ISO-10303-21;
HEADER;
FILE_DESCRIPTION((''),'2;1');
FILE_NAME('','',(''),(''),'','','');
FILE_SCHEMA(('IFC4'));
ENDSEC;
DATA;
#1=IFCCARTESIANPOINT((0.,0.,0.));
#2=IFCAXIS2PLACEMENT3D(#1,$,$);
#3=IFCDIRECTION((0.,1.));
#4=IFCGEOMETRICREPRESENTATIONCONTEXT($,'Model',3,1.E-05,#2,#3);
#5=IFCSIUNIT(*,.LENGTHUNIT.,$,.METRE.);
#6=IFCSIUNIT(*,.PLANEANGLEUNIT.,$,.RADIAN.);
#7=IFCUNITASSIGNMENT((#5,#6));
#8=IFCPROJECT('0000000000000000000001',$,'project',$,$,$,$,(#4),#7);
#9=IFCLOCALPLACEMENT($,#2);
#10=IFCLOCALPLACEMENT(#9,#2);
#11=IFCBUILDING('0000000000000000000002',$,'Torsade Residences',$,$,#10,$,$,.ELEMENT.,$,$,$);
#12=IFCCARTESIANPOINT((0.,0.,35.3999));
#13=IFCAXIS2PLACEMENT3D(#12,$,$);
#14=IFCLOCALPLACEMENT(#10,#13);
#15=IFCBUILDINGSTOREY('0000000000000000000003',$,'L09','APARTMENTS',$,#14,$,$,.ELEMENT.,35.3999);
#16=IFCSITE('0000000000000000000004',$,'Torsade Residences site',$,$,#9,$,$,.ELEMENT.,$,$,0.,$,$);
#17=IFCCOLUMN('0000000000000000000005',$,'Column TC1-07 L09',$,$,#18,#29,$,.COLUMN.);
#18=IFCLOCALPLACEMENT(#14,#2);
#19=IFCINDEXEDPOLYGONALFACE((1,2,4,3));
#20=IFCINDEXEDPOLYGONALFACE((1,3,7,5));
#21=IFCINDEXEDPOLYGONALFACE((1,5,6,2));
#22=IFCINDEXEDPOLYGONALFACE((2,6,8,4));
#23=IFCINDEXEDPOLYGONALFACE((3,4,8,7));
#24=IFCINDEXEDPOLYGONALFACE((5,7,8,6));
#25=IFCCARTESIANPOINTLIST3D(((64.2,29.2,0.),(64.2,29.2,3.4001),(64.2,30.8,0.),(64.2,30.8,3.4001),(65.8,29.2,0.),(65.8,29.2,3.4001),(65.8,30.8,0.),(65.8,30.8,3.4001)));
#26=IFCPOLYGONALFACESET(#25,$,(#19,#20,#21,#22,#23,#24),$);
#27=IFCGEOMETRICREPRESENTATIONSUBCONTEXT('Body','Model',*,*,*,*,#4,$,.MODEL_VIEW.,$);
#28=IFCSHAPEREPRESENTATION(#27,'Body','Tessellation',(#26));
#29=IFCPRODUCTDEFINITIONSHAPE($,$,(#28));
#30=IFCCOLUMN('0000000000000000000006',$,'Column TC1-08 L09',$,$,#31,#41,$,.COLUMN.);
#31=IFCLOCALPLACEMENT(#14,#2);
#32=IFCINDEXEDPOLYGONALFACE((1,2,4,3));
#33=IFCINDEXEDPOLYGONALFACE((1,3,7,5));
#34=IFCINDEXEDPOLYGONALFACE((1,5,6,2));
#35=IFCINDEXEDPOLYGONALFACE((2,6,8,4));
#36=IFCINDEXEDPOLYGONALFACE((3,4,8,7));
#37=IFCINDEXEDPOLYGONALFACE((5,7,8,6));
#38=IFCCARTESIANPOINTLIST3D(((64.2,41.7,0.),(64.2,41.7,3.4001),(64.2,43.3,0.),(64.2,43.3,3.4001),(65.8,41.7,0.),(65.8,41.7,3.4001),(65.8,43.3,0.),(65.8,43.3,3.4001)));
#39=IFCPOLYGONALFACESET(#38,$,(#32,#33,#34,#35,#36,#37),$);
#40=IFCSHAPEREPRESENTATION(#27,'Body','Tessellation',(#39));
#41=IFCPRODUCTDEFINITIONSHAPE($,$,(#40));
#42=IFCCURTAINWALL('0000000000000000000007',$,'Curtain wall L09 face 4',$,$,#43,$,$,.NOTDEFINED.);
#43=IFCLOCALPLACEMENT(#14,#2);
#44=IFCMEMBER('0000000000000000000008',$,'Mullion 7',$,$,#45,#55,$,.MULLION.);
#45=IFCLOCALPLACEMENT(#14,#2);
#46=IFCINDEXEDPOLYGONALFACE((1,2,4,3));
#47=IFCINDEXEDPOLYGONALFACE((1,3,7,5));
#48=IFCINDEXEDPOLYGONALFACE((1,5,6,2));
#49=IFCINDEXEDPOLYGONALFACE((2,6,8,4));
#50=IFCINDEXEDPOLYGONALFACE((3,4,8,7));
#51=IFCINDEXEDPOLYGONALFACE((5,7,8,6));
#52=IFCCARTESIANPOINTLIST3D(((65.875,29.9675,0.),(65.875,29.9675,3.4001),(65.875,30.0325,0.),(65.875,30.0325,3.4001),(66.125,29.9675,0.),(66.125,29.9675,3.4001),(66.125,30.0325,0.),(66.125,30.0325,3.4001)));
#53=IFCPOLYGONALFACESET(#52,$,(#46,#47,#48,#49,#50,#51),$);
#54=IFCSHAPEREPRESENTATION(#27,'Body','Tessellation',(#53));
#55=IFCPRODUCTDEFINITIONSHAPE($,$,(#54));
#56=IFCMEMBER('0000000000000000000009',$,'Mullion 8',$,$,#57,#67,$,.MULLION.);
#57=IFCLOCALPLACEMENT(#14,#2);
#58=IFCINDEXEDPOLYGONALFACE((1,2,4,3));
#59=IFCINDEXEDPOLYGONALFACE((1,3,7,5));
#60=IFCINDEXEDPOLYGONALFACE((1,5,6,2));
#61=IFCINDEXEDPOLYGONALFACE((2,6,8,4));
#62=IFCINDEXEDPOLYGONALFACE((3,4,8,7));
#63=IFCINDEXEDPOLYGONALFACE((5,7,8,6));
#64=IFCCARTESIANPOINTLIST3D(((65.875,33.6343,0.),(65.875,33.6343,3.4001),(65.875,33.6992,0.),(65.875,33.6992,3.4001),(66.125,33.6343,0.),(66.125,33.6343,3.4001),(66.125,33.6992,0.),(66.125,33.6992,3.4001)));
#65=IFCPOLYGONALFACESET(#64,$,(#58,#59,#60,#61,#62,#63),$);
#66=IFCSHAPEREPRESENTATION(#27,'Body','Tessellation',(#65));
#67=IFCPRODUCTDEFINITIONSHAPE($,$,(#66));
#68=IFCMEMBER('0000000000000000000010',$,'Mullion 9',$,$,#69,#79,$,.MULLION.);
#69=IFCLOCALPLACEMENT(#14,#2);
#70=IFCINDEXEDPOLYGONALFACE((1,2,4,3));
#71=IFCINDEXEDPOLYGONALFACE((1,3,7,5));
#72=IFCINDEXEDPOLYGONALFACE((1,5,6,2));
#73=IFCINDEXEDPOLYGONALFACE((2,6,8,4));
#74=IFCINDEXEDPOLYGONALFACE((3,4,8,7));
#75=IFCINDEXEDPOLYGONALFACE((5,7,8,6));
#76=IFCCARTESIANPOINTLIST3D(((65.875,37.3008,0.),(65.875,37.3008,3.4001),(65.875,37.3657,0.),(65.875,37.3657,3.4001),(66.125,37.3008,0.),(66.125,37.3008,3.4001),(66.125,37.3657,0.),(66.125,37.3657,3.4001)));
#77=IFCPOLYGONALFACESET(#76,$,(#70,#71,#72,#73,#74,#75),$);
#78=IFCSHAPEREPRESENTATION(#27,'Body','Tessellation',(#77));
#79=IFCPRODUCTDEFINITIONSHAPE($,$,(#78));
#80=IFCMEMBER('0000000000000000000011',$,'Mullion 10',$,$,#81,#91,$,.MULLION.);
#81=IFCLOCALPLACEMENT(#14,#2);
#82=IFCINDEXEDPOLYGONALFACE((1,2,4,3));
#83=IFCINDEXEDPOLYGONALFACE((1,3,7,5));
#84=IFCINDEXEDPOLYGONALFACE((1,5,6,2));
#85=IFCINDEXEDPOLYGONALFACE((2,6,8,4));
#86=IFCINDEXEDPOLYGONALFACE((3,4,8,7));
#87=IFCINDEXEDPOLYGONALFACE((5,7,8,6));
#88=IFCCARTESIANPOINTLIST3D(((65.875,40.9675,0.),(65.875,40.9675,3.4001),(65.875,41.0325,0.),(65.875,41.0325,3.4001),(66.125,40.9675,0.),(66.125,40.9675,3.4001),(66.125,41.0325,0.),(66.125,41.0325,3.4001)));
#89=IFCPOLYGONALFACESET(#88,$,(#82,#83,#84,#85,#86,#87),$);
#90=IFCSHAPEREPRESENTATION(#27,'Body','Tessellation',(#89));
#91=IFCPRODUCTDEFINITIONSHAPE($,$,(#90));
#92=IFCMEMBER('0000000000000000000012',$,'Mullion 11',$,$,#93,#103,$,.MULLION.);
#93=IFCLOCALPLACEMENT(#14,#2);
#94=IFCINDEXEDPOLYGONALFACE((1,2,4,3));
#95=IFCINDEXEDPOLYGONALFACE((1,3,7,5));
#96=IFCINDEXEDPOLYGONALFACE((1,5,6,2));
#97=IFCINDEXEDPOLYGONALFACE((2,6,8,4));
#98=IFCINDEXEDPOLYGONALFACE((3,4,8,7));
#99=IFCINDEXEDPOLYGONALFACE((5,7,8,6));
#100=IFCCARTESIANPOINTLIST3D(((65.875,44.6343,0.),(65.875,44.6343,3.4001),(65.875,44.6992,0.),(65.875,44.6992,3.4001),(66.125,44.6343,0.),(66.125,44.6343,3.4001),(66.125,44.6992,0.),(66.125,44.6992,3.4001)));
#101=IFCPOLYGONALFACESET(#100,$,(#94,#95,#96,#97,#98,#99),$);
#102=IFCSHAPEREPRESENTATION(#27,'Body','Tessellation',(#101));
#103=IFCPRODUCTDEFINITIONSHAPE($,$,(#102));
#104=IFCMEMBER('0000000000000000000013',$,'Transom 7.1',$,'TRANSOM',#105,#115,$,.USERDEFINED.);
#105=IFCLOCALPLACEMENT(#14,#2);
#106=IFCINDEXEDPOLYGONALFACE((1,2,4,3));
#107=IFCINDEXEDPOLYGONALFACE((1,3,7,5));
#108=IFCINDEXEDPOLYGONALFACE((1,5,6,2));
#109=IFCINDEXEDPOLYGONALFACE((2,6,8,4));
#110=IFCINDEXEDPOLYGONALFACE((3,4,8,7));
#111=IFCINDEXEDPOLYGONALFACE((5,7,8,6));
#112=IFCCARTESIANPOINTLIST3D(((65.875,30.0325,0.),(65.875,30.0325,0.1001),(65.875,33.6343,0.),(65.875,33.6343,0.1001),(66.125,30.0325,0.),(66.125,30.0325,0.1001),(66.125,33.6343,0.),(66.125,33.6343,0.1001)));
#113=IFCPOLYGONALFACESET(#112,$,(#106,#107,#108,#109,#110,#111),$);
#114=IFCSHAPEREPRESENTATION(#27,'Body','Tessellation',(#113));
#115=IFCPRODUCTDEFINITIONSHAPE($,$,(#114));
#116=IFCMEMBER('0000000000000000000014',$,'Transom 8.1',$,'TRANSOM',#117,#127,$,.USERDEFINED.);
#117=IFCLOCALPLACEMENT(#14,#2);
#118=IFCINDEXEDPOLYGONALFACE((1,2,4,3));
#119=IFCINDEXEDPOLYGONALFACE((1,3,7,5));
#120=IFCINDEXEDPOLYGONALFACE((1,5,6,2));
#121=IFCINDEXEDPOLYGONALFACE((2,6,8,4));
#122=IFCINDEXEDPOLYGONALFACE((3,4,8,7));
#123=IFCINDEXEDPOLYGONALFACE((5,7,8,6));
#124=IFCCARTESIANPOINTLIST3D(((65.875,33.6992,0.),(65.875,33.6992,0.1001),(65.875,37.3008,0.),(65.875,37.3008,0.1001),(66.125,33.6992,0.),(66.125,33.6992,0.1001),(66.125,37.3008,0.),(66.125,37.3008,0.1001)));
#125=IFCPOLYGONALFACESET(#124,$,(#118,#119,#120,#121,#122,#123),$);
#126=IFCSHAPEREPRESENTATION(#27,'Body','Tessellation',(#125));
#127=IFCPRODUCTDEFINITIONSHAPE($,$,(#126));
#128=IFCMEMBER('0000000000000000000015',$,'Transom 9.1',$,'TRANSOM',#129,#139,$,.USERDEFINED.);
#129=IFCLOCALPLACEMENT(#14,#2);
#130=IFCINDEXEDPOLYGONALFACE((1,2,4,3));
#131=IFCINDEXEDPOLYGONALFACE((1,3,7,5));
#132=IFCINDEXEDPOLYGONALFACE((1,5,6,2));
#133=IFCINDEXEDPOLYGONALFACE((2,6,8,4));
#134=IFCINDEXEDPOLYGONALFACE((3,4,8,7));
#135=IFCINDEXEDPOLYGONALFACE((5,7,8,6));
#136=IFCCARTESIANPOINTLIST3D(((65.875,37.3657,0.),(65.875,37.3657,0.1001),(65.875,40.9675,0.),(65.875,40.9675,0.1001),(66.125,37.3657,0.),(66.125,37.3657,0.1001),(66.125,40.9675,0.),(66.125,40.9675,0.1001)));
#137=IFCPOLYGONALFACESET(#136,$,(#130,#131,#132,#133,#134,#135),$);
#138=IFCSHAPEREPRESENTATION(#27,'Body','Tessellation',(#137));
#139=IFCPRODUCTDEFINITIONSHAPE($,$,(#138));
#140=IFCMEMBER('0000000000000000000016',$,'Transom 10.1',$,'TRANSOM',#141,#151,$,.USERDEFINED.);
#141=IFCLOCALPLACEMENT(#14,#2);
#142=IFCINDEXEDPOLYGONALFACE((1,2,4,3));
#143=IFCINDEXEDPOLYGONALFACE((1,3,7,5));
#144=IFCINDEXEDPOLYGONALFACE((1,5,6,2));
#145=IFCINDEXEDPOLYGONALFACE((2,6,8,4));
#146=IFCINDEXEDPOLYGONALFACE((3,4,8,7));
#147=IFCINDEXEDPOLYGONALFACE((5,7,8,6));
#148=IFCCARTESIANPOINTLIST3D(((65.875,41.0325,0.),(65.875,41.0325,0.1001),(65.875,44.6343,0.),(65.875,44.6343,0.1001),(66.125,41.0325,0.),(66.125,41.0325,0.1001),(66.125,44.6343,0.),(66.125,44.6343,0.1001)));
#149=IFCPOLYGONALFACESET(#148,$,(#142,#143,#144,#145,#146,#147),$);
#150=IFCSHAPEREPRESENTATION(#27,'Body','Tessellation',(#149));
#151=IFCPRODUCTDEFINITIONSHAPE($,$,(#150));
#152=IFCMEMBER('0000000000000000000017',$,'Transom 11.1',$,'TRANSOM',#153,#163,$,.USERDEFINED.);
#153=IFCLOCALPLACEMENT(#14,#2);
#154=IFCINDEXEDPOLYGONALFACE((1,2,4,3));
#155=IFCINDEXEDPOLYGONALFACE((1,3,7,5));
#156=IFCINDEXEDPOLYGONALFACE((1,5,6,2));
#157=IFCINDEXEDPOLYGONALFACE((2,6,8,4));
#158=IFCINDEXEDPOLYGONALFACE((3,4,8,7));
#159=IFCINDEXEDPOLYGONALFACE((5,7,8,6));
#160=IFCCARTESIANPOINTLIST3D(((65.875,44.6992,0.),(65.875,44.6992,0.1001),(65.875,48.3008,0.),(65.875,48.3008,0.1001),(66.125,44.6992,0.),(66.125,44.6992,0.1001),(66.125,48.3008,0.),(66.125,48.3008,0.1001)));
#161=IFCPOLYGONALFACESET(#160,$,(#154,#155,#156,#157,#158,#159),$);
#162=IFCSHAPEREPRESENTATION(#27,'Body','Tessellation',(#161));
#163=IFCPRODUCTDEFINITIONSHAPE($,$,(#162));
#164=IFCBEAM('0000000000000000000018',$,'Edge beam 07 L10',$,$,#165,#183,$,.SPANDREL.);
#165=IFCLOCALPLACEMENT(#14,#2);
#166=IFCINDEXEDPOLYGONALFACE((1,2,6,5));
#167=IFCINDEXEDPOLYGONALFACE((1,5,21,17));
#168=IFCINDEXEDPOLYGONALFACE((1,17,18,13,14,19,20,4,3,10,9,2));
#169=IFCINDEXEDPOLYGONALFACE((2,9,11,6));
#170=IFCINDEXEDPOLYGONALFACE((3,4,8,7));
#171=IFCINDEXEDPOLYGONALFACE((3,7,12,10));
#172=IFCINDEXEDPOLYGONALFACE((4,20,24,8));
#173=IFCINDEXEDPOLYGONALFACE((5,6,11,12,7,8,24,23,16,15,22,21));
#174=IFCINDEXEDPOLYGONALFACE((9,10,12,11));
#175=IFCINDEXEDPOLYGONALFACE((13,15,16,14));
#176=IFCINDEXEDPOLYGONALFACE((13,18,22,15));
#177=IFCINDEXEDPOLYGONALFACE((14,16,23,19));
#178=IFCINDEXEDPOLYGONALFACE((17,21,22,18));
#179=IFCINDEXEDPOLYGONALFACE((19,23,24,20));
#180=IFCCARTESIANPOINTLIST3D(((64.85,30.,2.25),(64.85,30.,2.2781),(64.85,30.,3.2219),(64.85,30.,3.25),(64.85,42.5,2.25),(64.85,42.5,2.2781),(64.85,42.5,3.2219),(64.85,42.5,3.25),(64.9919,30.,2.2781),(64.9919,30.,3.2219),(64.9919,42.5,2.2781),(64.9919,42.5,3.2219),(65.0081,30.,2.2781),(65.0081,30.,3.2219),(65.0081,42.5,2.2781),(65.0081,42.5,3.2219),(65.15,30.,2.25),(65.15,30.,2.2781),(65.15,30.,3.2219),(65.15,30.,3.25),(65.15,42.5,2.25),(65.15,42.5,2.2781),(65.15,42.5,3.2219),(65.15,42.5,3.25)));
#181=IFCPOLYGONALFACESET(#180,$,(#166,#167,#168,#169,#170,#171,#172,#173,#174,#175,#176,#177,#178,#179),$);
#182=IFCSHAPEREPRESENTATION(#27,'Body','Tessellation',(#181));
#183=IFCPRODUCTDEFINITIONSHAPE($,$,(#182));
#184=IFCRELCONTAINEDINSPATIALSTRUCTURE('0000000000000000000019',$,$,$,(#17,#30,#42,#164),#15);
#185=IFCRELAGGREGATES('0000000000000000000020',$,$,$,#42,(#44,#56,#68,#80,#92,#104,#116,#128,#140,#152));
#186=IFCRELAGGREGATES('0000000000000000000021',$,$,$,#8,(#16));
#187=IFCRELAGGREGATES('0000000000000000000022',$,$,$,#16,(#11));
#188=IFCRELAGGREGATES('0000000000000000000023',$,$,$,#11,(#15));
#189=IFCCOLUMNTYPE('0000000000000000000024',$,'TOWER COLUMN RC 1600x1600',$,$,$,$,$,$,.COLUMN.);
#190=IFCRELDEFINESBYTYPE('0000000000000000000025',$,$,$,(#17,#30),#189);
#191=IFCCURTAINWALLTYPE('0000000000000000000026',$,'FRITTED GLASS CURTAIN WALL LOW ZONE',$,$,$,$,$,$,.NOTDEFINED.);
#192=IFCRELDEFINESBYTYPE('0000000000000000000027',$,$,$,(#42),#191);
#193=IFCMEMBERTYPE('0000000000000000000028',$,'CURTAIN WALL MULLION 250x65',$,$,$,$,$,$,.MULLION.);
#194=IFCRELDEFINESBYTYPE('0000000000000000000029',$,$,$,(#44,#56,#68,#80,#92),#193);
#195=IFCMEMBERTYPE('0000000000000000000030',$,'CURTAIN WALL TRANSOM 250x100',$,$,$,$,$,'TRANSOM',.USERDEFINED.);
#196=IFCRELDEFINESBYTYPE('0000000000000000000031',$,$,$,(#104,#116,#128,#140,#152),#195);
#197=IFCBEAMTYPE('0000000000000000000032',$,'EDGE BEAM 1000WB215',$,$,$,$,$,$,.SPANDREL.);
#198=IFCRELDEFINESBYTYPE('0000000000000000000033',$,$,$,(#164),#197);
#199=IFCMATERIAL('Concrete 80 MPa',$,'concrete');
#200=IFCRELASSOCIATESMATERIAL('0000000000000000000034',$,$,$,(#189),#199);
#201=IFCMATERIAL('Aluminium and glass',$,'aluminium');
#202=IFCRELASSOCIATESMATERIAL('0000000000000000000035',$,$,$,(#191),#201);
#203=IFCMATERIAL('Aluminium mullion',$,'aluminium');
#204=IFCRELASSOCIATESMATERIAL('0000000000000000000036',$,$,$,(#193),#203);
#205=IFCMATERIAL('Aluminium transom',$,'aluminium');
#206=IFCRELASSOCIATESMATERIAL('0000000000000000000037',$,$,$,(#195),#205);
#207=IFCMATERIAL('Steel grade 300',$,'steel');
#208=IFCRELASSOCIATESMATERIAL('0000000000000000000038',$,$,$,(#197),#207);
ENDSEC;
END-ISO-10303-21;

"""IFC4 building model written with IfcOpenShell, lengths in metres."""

from ifc_helpers import new_model, si_unit, direction, frame, origin, origin_2d, place, context, subcontext, project, spatial, rectangle, i_section, extrude, material, material_profile, profile_set, type_object, element, aggregate, save


model = new_model("IFC4")

# Units and contexts
model_context = context("Model", 3, precision=1e-05, world=origin(), true_north=direction((0.0, 1.0)))
body_context = subcontext(model_context, "Body", "Model", "MODEL_VIEW")
ifc_project = project(units=[si_unit("LENGTHUNIT", "METRE"), si_unit("PLANEANGLEUNIT", "RADIAN")], contexts=[model_context])

# Site, building, storey
site_placement = place(None, origin())
site = spatial("IfcSite", under=ifc_project, at=site_placement, Name="Torsade Residences site", CompositionType="ELEMENT", RefElevation=0.0)
building_placement = place(site_placement, origin())
building = spatial("IfcBuilding", under=site, at=building_placement, Name="Torsade Residences", CompositionType="ELEMENT")
storey_placement = place(building_placement, frame((0.0, 0.0, 35.3999)))
storey = spatial("IfcBuildingStorey", under=building, at=storey_placement, Name="L09", Description="APARTMENTS", CompositionType="ELEMENT", Elevation=35.3999)

# Columns
ifc_material_1 = material(Name="Concrete 80 MPa", Category="concrete")
ifc_material_profile_1 = material_profile(ifc_material_1, rectangle(XDim=1.6001, YDim=1.6001, at=origin_2d()), Name="RC 1600x1600")
ifc_profile_set_1 = profile_set([ifc_material_profile_1], Name="Concrete 80 MPa")
column_type = type_object("IfcColumnType", Name="TOWER COLUMN RC 1600x1600", PredefinedType="COLUMN", material=ifc_profile_set_1)
for number, where, z_axis, x_axis, name in (
    (1, (65.0, 30.0, 0.0), (0.0, 0.0, 1.0), (1.0, 0.0, 0.0), "Column TC1-07 L09"),
    (2, (65.0, 42.5, 0.0), (0.0, 0.0, 1.0), (1.0, 0.0, 0.0), "Column TC1-08 L09"),
):
    element("IfcColumn", number, at=place(storey_placement, frame(where, z_axis=z_axis, x_axis=x_axis)), inside=storey, type_object=column_type, Name=name, PredefinedType="COLUMN", context=body_context, shape_type="SweptSolid", body=[
        extrude(rectangle(XDim=1.6001, YDim=1.6001, at=origin_2d()), origin(), (0.0, 0.0, 1.0), 3.4001),
    ])

# Curtain wall, members
ifc_material_2 = material(Name="Aluminium and glass", Category="aluminium")
curtain_wall_type = type_object("IfcCurtainWallType", Name="FRITTED GLASS CURTAIN WALL LOW ZONE", PredefinedType="NOTDEFINED", material=ifc_material_2)
curtain_wall_placement = place(storey_placement, origin())
curtain_wall = element("IfcCurtainWall", 3, at=curtain_wall_placement, inside=storey, type_object=curtain_wall_type, Name="Curtain wall L09 face 4", PredefinedType="NOTDEFINED")
ifc_material_3 = material(Name="Aluminium mullion", Category="aluminium")
ifc_material_profile_2 = material_profile(ifc_material_3, rectangle(XDim=0.25, YDim=0.0649, at=origin_2d()), Name="CURTAIN WALL MULLION 250x65")
ifc_profile_set_2 = profile_set([ifc_material_profile_2], Name="Aluminium mullion")
member_type_1 = type_object("IfcMemberType", Name="CURTAIN WALL MULLION 250x65", PredefinedType="MULLION", material=ifc_profile_set_2)
member_1_placement = place(storey_placement, frame((66.0, 30.0, 0.0), z_axis=(0.0, 0.0, 1.0), x_axis=(-1.0, 0.0, 0.0)))
member_1 = element("IfcMember", 4, at=member_1_placement, type_object=member_type_1, Name="Mullion 7", PredefinedType="MULLION", context=body_context, shape_type="SweptSolid", body=[
    extrude(rectangle(XDim=0.25, YDim=0.0649, at=origin_2d()), origin(), (0.0, 0.0, 1.0), 3.4001),
])
member_2_placement = place(storey_placement, frame((66.0, 33.6667, 0.0), z_axis=(0.0, 0.0, 1.0), x_axis=(-1.0, 0.0, 0.0)))
member_2 = element("IfcMember", 5, at=member_2_placement, type_object=member_type_1, Name="Mullion 8", PredefinedType="MULLION", context=body_context, shape_type="SweptSolid", body=[
    extrude(rectangle(XDim=0.25, YDim=0.0649, at=origin_2d()), origin(), (0.0, 0.0, 1.0), 3.4001),
])
member_3_placement = place(storey_placement, frame((66.0, 37.3333, 0.0), z_axis=(0.0, 0.0, 1.0), x_axis=(-1.0, 0.0, 0.0)))
member_3 = element("IfcMember", 6, at=member_3_placement, type_object=member_type_1, Name="Mullion 9", PredefinedType="MULLION", context=body_context, shape_type="SweptSolid", body=[
    extrude(rectangle(XDim=0.25, YDim=0.0649, at=origin_2d()), origin(), (0.0, 0.0, 1.0), 3.4001),
])
member_4_placement = place(storey_placement, frame((66.0, 41.0, 0.0), z_axis=(0.0, 0.0, 1.0), x_axis=(-1.0, 0.0, 0.0)))
member_4 = element("IfcMember", 7, at=member_4_placement, type_object=member_type_1, Name="Mullion 10", PredefinedType="MULLION", context=body_context, shape_type="SweptSolid", body=[
    extrude(rectangle(XDim=0.25, YDim=0.0649, at=origin_2d()), origin(), (0.0, 0.0, 1.0), 3.4001),
])
member_5_placement = place(storey_placement, frame((66.0, 44.6667, 0.0), z_axis=(0.0, 0.0, 1.0), x_axis=(-1.0, 0.0, 0.0)))
member_5 = element("IfcMember", 8, at=member_5_placement, type_object=member_type_1, Name="Mullion 11", PredefinedType="MULLION", context=body_context, shape_type="SweptSolid", body=[
    extrude(rectangle(XDim=0.25, YDim=0.0649, at=origin_2d()), origin(), (0.0, 0.0, 1.0), 3.4001),
])
ifc_material_4 = material(Name="Aluminium transom", Category="aluminium")
ifc_material_profile_3 = material_profile(ifc_material_4, rectangle(XDim=0.25, YDim=0.1001, at=origin_2d()), Name="CURTAIN WALL TRANSOM 250x100")
ifc_profile_set_3 = profile_set([ifc_material_profile_3], Name="Aluminium transom")
member_type_2 = type_object("IfcMemberType", Name="CURTAIN WALL TRANSOM 250x100", ElementType="TRANSOM", PredefinedType="USERDEFINED", material=ifc_profile_set_3)
member_6_placement = place(storey_placement, frame((66.0, 30.0325, 0.05), z_axis=(0.0, 1.0, 0.0), x_axis=(-1.0, 0.0, 0.0)))
member_6 = element("IfcMember", 9, at=member_6_placement, type_object=member_type_2, Name="Transom 7.1", ObjectType="TRANSOM", PredefinedType="USERDEFINED", context=body_context, shape_type="SweptSolid", body=[
    extrude(rectangle(XDim=0.25, YDim=0.1001, at=origin_2d()), origin(), (0.0, 0.0, 1.0), 3.6018),
])
member_7_placement = place(storey_placement, frame((66.0, 33.6992, 0.05), z_axis=(0.0, 1.0, 0.0), x_axis=(-1.0, 0.0, 0.0)))
member_7 = element("IfcMember", 10, at=member_7_placement, type_object=member_type_2, Name="Transom 8.1", ObjectType="TRANSOM", PredefinedType="USERDEFINED", context=body_context, shape_type="SweptSolid", body=[
    extrude(rectangle(XDim=0.25, YDim=0.1001, at=origin_2d()), origin(), (0.0, 0.0, 1.0), 3.6016),
])
member_8_placement = place(storey_placement, frame((66.0, 37.3657, 0.05), z_axis=(0.0, 1.0, 0.0), x_axis=(-1.0, 0.0, 0.0)))
member_8 = element("IfcMember", 11, at=member_8_placement, type_object=member_type_2, Name="Transom 9.1", ObjectType="TRANSOM", PredefinedType="USERDEFINED", context=body_context, shape_type="SweptSolid", body=[
    extrude(rectangle(XDim=0.25, YDim=0.1001, at=origin_2d()), origin(), (0.0, 0.0, 1.0), 3.6018),
])
member_9_placement = place(storey_placement, frame((66.0, 41.0325, 0.05), z_axis=(0.0, 1.0, 0.0), x_axis=(-1.0, 0.0, 0.0)))
member_9 = element("IfcMember", 12, at=member_9_placement, type_object=member_type_2, Name="Transom 10.1", ObjectType="TRANSOM", PredefinedType="USERDEFINED", context=body_context, shape_type="SweptSolid", body=[
    extrude(rectangle(XDim=0.25, YDim=0.1001, at=origin_2d()), origin(), (0.0, 0.0, 1.0), 3.6018),
])
member_10_placement = place(storey_placement, frame((66.0, 44.6992, 0.05), z_axis=(0.0, 1.0, 0.0), x_axis=(-1.0, 0.0, 0.0)))
member_10 = element("IfcMember", 13, at=member_10_placement, type_object=member_type_2, Name="Transom 11.1", ObjectType="TRANSOM", PredefinedType="USERDEFINED", context=body_context, shape_type="SweptSolid", body=[
    extrude(rectangle(XDim=0.25, YDim=0.1001, at=origin_2d()), origin(), (0.0, 0.0, 1.0), 3.6016),
])

# Beam
ifc_material_5 = material(Name="Steel grade 300", Category="steel")
ifc_material_profile_4 = material_profile(ifc_material_5, i_section(OverallWidth=0.3, OverallDepth=1.0, WebThickness=0.0161, FlangeThickness=0.0281, at=origin_2d()), Name="1000WB215")
ifc_profile_set_4 = profile_set([ifc_material_profile_4], Name="Steel grade 300")
beam_type_1 = type_object("IfcBeamType", Name="EDGE BEAM 1000WB215", PredefinedType="SPANDREL", material=ifc_profile_set_4)
for number, where, z_axis, x_axis, name in (
    (14, (65.0, 30.0, 2.75), (0.0, 1.0, 0.0), (-1.0, 0.0, 0.0), "Edge beam 07 L10"),
):
    element("IfcBeam", number, at=place(storey_placement, frame(where, z_axis=z_axis, x_axis=x_axis)), inside=storey, type_object=beam_type_1, Name=name, PredefinedType="SPANDREL", context=body_context, shape_type="SweptSolid", body=[
        extrude(i_section(OverallWidth=0.3, OverallDepth=1.0, WebThickness=0.0161, FlangeThickness=0.0281, at=origin_2d()), origin(), (0.0, 0.0, 1.0), 12.5),
    ])

aggregate(curtain_wall, [member_1, member_2, member_3, member_4, member_5, member_6, member_7, member_8, member_9, member_10])

save(model, "model.ifc")
